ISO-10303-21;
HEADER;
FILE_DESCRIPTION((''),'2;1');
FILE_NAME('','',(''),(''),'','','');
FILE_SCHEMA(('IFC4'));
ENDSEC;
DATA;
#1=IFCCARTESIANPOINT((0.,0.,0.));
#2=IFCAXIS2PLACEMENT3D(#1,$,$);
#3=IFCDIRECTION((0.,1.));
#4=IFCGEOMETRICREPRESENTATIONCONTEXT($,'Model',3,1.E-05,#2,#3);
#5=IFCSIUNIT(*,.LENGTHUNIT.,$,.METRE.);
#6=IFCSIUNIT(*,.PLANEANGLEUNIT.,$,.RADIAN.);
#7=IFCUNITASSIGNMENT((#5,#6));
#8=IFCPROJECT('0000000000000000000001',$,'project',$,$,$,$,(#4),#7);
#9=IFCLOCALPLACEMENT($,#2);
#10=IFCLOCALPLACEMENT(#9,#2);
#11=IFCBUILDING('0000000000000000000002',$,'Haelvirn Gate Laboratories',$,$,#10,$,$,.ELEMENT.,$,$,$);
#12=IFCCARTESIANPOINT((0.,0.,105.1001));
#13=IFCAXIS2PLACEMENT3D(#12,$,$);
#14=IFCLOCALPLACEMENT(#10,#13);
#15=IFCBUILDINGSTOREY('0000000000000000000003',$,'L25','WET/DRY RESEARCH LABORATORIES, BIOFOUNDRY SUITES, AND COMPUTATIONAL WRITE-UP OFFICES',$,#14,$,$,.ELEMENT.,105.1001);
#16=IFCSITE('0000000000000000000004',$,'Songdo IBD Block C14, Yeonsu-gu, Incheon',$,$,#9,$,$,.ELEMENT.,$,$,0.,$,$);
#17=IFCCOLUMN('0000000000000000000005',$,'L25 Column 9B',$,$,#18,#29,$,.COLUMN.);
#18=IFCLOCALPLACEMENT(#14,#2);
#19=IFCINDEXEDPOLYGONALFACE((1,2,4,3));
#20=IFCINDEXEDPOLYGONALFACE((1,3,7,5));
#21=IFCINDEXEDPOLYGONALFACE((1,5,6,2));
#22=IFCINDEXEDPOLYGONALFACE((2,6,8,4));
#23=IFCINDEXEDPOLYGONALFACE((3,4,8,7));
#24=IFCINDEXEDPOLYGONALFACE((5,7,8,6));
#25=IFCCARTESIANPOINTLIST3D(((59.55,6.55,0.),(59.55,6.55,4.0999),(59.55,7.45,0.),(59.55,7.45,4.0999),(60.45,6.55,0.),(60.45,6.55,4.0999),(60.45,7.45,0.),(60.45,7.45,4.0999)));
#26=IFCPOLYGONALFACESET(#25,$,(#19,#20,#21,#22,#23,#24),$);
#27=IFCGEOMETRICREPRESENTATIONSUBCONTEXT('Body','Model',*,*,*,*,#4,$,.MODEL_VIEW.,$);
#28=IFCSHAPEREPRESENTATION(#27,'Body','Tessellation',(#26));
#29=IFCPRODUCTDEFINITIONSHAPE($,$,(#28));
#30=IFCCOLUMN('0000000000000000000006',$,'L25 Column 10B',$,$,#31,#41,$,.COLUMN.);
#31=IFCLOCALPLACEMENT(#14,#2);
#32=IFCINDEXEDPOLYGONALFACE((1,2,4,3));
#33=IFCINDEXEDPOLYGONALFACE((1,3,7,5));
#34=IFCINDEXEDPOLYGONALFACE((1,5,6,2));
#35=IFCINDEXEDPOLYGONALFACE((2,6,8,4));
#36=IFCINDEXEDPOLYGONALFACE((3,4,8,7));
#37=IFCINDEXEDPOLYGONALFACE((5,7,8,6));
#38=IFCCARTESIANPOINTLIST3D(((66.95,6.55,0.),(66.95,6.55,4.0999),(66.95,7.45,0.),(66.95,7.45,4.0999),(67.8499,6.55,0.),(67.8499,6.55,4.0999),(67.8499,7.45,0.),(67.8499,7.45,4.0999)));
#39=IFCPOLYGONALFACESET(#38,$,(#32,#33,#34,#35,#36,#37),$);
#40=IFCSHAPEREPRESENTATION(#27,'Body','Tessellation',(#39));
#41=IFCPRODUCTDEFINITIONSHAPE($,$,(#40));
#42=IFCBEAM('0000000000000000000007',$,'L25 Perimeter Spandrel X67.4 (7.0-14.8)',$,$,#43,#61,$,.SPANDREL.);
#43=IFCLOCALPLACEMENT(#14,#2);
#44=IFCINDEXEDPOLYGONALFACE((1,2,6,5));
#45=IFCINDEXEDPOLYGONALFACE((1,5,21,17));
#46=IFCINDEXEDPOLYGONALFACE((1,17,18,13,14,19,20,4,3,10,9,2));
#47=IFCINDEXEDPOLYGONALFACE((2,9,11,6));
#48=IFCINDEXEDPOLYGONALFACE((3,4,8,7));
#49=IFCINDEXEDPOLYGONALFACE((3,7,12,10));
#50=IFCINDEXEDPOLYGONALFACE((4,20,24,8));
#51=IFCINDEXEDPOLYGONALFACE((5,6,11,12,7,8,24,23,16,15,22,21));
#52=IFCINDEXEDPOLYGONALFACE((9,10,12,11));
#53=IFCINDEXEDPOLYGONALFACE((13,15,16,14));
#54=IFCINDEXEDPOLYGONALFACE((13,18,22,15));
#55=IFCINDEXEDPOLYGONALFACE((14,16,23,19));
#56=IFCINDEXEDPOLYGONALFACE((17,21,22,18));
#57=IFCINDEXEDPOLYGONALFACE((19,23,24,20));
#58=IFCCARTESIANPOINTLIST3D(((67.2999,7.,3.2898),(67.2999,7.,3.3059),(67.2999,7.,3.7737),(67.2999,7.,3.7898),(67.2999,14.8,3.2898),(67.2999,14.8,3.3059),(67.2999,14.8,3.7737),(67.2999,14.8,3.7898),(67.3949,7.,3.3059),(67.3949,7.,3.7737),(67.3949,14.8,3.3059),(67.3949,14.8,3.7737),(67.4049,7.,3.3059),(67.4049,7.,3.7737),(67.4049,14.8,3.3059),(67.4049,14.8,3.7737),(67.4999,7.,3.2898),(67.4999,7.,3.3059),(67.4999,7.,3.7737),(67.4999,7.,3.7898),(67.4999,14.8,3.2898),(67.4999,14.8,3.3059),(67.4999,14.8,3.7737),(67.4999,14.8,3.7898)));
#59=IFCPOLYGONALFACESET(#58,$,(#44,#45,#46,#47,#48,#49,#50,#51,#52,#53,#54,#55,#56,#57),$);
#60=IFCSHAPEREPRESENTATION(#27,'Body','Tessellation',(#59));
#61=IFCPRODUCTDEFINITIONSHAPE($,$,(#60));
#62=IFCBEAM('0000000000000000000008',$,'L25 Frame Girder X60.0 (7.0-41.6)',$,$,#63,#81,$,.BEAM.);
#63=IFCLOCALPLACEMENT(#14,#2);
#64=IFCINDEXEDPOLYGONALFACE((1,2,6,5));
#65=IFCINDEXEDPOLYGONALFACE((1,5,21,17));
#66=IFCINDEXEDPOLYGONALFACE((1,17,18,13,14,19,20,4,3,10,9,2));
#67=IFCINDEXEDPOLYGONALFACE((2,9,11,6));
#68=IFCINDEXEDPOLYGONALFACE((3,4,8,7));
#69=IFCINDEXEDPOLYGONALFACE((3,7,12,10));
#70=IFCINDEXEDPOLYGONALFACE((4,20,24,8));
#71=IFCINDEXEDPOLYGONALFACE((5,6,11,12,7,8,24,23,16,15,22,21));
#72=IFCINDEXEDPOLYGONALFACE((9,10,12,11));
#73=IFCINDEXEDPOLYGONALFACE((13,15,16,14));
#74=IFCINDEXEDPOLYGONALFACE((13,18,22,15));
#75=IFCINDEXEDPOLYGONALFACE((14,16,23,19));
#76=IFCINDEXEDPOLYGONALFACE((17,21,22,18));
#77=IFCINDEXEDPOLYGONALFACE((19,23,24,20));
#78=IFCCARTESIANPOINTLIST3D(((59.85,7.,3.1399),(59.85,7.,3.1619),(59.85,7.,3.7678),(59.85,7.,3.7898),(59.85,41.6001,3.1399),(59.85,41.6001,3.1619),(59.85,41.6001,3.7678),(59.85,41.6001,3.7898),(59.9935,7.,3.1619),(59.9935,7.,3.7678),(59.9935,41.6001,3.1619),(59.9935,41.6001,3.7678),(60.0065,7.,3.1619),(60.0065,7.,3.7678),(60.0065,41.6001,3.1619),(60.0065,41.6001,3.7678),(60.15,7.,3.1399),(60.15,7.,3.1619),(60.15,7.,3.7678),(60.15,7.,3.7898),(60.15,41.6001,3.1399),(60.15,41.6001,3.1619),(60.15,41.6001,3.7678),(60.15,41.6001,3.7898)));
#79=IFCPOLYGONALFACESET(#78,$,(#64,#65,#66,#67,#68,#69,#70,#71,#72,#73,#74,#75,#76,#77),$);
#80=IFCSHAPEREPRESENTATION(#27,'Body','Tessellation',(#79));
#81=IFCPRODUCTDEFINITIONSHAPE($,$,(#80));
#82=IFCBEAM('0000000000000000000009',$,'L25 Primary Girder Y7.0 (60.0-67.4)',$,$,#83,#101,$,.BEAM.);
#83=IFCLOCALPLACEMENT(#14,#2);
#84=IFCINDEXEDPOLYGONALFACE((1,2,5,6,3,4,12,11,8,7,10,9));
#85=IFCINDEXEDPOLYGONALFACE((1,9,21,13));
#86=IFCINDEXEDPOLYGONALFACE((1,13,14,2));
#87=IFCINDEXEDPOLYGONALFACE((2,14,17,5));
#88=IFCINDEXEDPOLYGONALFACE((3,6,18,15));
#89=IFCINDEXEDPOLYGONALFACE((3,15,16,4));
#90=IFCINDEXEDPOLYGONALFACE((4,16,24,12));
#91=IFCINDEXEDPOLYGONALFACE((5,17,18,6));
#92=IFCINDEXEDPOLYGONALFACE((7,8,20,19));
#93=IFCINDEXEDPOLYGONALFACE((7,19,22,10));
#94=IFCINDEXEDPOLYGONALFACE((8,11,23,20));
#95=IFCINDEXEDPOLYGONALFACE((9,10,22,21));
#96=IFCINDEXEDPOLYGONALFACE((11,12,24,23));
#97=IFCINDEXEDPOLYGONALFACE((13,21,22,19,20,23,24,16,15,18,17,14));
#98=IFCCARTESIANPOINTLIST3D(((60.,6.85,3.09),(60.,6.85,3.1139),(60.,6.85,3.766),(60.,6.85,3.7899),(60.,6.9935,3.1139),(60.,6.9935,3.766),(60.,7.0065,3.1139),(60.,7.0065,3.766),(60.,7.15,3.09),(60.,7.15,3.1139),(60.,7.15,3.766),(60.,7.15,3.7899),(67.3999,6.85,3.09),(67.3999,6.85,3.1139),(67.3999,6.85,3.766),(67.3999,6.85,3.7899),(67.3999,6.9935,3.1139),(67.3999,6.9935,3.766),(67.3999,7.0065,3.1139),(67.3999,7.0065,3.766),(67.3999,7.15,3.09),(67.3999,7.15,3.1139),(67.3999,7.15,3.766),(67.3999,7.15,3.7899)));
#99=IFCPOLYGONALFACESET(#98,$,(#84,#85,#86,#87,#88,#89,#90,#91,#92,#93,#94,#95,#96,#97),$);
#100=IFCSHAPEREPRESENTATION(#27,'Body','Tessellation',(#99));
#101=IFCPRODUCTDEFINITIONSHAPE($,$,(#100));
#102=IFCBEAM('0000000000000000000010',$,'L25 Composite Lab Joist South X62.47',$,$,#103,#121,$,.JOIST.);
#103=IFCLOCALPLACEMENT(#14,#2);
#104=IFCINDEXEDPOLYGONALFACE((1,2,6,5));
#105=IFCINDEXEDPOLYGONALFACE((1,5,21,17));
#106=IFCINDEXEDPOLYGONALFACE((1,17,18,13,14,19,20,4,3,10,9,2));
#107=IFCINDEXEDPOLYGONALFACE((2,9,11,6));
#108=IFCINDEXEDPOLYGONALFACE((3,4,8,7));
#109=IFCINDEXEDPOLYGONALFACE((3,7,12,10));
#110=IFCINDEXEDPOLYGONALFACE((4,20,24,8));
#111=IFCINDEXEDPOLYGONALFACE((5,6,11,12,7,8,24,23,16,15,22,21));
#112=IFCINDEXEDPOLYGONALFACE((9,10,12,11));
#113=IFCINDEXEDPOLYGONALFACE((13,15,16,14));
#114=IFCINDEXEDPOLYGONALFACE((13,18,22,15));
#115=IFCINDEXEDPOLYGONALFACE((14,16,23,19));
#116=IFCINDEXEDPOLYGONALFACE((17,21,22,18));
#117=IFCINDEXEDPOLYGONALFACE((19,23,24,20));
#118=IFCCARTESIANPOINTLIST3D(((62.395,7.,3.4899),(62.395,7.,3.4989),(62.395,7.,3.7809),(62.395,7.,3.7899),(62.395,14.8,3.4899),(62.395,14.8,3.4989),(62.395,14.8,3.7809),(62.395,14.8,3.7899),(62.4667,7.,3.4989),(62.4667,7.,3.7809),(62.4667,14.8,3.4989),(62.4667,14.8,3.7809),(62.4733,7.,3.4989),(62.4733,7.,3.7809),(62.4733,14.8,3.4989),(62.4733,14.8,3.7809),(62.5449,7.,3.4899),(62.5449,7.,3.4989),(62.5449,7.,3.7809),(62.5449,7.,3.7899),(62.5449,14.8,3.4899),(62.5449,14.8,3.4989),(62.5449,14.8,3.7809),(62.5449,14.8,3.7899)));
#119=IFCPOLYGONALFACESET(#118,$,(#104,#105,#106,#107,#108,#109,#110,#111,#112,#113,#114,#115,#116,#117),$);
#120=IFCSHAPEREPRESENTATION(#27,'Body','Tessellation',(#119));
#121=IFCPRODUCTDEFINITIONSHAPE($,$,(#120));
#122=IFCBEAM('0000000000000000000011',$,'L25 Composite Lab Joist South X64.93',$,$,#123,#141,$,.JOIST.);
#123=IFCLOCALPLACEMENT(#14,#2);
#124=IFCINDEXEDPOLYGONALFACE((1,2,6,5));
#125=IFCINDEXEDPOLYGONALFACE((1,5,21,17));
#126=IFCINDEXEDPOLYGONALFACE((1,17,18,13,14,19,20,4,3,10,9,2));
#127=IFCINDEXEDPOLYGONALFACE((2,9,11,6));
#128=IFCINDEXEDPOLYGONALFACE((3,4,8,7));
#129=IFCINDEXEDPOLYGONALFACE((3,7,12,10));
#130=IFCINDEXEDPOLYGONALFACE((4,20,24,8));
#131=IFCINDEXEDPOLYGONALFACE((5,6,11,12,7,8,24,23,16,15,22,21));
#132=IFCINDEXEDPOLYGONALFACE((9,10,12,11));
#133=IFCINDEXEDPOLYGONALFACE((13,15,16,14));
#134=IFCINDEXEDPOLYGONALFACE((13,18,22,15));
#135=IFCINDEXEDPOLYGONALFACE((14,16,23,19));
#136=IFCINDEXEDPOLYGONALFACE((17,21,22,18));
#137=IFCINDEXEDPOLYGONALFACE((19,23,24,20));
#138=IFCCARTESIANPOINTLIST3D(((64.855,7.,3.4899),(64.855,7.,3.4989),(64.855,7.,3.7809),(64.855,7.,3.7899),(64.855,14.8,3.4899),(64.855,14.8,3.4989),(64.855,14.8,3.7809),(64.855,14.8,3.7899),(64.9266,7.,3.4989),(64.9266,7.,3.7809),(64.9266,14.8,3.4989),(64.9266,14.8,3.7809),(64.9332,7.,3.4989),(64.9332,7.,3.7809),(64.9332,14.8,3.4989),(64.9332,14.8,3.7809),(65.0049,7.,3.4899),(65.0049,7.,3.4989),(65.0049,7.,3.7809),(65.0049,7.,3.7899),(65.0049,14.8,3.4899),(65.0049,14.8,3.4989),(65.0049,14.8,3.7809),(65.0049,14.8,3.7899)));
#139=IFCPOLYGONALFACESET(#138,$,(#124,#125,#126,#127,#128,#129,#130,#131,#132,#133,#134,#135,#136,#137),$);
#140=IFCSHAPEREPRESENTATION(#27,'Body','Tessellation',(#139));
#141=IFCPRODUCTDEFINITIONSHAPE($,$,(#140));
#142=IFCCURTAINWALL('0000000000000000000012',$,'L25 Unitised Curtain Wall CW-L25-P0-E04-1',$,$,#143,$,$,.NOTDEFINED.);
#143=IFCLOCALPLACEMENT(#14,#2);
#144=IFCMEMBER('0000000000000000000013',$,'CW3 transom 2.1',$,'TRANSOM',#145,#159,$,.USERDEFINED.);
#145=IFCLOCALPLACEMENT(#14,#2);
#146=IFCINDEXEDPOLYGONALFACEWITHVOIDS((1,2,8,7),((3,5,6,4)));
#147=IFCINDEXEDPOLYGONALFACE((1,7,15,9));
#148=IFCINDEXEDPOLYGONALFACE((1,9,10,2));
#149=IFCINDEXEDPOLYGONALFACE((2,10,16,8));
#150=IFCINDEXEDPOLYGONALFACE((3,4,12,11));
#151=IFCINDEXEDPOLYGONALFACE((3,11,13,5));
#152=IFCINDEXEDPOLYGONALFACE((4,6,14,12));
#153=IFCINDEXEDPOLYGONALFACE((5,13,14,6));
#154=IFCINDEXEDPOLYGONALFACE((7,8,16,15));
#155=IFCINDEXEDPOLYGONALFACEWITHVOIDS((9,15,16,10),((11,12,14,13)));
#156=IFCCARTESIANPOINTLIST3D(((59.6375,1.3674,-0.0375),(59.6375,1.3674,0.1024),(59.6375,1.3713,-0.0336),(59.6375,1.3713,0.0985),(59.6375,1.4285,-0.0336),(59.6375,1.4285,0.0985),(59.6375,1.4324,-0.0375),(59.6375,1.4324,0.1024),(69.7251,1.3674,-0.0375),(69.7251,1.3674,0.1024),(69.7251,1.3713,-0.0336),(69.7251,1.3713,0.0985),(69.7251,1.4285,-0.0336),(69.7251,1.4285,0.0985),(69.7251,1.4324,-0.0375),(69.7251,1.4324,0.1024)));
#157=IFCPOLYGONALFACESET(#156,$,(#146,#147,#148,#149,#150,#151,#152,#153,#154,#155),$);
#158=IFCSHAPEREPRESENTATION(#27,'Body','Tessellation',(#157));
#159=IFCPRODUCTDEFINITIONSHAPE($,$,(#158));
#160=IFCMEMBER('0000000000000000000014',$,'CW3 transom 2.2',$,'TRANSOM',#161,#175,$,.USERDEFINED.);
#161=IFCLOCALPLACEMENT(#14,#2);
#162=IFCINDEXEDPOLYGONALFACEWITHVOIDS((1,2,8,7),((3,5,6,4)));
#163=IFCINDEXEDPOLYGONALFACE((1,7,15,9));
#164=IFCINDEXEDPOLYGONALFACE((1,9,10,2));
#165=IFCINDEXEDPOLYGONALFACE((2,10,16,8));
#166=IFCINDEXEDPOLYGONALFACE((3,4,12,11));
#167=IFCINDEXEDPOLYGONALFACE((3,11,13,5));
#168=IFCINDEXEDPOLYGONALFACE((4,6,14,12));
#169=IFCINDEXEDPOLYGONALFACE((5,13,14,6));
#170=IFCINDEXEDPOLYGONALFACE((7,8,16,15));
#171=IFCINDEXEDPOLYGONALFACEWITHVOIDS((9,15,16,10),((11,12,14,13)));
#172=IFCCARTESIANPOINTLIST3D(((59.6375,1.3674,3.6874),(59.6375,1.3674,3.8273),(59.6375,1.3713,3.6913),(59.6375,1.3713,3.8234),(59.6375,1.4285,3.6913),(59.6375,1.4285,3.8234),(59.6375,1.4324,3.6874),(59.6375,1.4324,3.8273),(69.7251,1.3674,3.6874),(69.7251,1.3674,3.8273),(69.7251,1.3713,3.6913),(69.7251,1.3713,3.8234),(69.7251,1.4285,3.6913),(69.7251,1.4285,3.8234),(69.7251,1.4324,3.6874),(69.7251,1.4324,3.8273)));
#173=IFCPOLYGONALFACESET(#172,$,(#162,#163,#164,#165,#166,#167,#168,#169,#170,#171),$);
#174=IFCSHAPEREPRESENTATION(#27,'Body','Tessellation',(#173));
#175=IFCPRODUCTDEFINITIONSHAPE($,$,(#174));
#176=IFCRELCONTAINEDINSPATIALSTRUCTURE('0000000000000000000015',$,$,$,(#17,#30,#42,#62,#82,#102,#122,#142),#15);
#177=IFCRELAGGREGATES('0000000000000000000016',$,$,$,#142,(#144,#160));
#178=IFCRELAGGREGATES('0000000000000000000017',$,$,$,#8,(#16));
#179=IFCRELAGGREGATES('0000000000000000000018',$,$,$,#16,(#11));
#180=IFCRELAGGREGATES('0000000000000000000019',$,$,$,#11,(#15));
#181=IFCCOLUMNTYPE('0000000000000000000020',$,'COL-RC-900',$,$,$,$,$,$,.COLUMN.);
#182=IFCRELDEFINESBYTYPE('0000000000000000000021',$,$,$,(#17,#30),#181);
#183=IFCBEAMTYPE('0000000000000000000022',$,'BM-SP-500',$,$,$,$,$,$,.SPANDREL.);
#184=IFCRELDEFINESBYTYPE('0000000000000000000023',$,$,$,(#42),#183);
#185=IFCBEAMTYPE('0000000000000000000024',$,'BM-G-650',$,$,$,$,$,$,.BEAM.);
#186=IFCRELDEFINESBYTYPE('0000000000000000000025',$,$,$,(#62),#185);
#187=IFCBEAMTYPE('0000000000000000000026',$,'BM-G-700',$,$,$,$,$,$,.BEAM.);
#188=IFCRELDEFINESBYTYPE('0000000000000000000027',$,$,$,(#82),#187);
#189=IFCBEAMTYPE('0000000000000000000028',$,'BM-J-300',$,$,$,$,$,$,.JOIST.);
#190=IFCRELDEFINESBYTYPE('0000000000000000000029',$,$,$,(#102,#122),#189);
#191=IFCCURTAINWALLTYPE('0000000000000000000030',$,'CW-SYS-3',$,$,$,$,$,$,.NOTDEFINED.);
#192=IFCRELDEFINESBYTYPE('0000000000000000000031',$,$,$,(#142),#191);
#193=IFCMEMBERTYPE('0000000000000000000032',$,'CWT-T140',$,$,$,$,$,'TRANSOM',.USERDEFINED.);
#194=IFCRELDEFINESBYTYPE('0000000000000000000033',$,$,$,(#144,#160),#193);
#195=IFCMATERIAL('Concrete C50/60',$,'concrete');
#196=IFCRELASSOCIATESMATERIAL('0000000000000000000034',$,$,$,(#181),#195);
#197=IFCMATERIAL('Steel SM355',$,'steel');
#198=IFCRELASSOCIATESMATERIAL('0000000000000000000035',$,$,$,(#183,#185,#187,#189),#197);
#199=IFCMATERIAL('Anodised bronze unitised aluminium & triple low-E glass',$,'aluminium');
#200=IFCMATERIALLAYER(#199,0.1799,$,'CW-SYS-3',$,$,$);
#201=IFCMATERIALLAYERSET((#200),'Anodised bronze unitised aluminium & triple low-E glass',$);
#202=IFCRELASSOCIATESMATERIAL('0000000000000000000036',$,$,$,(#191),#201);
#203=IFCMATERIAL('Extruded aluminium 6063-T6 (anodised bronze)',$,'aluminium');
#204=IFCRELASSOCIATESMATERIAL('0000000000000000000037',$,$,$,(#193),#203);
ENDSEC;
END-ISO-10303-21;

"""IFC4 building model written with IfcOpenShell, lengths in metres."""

from ifc_helpers import new_model, si_unit, direction, frame, origin, origin_2d, place, context, subcontext, project, spatial, rectangle, hollow_rectangle, i_section, extrude, source, transform, mapped, material, layer, layer_set, material_profile, profile_set, type_object, type_shapes, element, aggregate, save


model = new_model("IFC4")

# Units and contexts
model_context = context("Model", 3, precision=1e-05, world=origin(), true_north=direction((0.0, 1.0)))
body_context = subcontext(model_context, "Body", "Model", "MODEL_VIEW")
ifc_project = project(units=[si_unit("LENGTHUNIT", "METRE"), si_unit("PLANEANGLEUNIT", "RADIAN")], contexts=[model_context])

# Site, building, storey
site_placement = place(None, origin())
site = spatial("IfcSite", under=ifc_project, at=site_placement, Name="Songdo IBD Block C14, Yeonsu-gu, Incheon", CompositionType="ELEMENT", RefElevation=0.0)
building_placement = place(site_placement, origin())
building = spatial("IfcBuilding", under=site, at=building_placement, Name="Haelvirn Gate Laboratories", CompositionType="ELEMENT")
storey_placement = place(building_placement, frame((0.0, 0.0, 105.1001)))
storey = spatial("IfcBuildingStorey", under=building, at=storey_placement, Name="L25", Description="WET/DRY RESEARCH LABORATORIES, BIOFOUNDRY SUITES, AND COMPUTATIONAL WRITE-UP OFFICES", CompositionType="ELEMENT", Elevation=105.1001)

# Columns
ifc_material_1 = material(Name="Concrete C50/60", Category="concrete")
ifc_material_profile_1 = material_profile(ifc_material_1, rectangle(XDim=0.8999, YDim=0.8999, at=origin_2d()), Name="RC-900x900")
ifc_profile_set_1 = profile_set([ifc_material_profile_1], Name="Concrete C50/60")
column_type = type_object("IfcColumnType", Name="COL-RC-900", PredefinedType="COLUMN", material=ifc_profile_set_1)
shared_shape_1 = source(origin(), body_context, "Body", "SweptSolid", [
    extrude(rectangle(XDim=0.8999, YDim=0.8999, at=origin_2d()), origin(), (0.0, 0.0, 1.0), 4.0999),
])
type_shapes(column_type, [shared_shape_1])
for number, where, z_axis, x_axis, name in (
    (1, (60.0, 7.0, 0.0), (0.0, 0.0, 1.0), (1.0, 0.0, 0.0), "L25 Column 9B"),
    (2, (67.3999, 7.0, 0.0), (0.0, 0.0, 1.0), (1.0, 0.0, 0.0), "L25 Column 10B"),
):
    element("IfcColumn", number, at=place(storey_placement, frame(where, z_axis=z_axis, x_axis=x_axis)), inside=storey, type_object=column_type, Name=name, PredefinedType="COLUMN", context=body_context, shape_type="MappedRepresentation", body=[
        mapped(shared_shape_1, transform((0.0, 0.0, 0.0), scale=1.0)),
    ])

# Beams
ifc_material_2 = material(Name="Steel SM355", Category="steel")
ifc_material_profile_2 = material_profile(ifc_material_2, i_section(OverallWidth=0.2, OverallDepth=0.5, WebThickness=0.01, FlangeThickness=0.0161, at=origin_2d()), Name="H-500x200x10x16")
ifc_profile_set_2 = profile_set([ifc_material_profile_2], Name="Steel SM355")
beam_type_1 = type_object("IfcBeamType", Name="BM-SP-500", PredefinedType="SPANDREL", material=ifc_profile_set_2)
shared_shape_2 = source(origin(), body_context, "Body", "SweptSolid", [
    extrude(i_section(OverallWidth=0.2, OverallDepth=0.5, WebThickness=0.01, FlangeThickness=0.0161, at=origin_2d()), origin(), (0.0, 0.0, 1.0), 7.8),
])
type_shapes(beam_type_1, [shared_shape_2])
beam_1_placement = place(storey_placement, frame((67.3999, 7.0, 3.5398), z_axis=(0.0, 1.0, 0.0), x_axis=(-1.0, 0.0, 0.0)))
element("IfcBeam", 3, at=beam_1_placement, inside=storey, type_object=beam_type_1, Name="L25 Perimeter Spandrel X67.4 (7.0-14.8)", PredefinedType="SPANDREL", context=body_context, shape_type="MappedRepresentation", body=[
    mapped(shared_shape_2, transform((0.0, 0.0, 0.0), scale=1.0)),
])
ifc_material_profile_3 = material_profile(ifc_material_2, i_section(OverallWidth=0.3, OverallDepth=0.6499, WebThickness=0.0129, FlangeThickness=0.022, at=origin_2d()), Name="H-650x300x13x22")
ifc_profile_set_3 = profile_set([ifc_material_profile_3], Name="Steel SM355")
beam_type_2 = type_object("IfcBeamType", Name="BM-G-650", PredefinedType="BEAM", material=ifc_profile_set_3)
shared_shape_3 = source(origin(), body_context, "Body", "SweptSolid", [
    extrude(i_section(OverallWidth=0.3, OverallDepth=0.6499, WebThickness=0.0129, FlangeThickness=0.022, at=origin_2d()), origin(), (0.0, 0.0, 1.0), 34.6001),
])
type_shapes(beam_type_2, [shared_shape_3])
beam_2_placement = place(storey_placement, frame((60.0, 7.0, 3.4648), z_axis=(0.0, 1.0, 0.0), x_axis=(-1.0, 0.0, 0.0)))
element("IfcBeam", 4, at=beam_2_placement, inside=storey, type_object=beam_type_2, Name="L25 Frame Girder X60.0 (7.0-41.6)", PredefinedType="BEAM", context=body_context, shape_type="MappedRepresentation", body=[
    mapped(shared_shape_3, transform((0.0, 0.0, 0.0), scale=1.0)),
])
ifc_material_profile_4 = material_profile(ifc_material_2, i_section(OverallWidth=0.3, OverallDepth=0.7, WebThickness=0.0129, FlangeThickness=0.0239, at=origin_2d()), Name="H-700x300x13x24")
ifc_profile_set_4 = profile_set([ifc_material_profile_4], Name="Steel SM355")
beam_type_3 = type_object("IfcBeamType", Name="BM-G-700", PredefinedType="BEAM", material=ifc_profile_set_4)
shared_shape_4 = source(origin(), body_context, "Body", "SweptSolid", [
    extrude(i_section(OverallWidth=0.3, OverallDepth=0.7, WebThickness=0.0129, FlangeThickness=0.0239, at=origin_2d()), origin(), (0.0, 0.0, 1.0), 7.3999),
])
type_shapes(beam_type_3, [shared_shape_4])
beam_3_placement = place(storey_placement, frame((60.0, 7.0, 3.4399), z_axis=(1.0, 0.0, 0.0), x_axis=(0.0, 1.0, 0.0)))
element("IfcBeam", 5, at=beam_3_placement, inside=storey, type_object=beam_type_3, Name="L25 Primary Girder Y7.0 (60.0-67.4)", PredefinedType="BEAM", context=body_context, shape_type="MappedRepresentation", body=[
    mapped(shared_shape_4, transform((0.0, 0.0, 0.0), scale=1.0)),
])
ifc_material_profile_5 = material_profile(ifc_material_2, i_section(OverallWidth=0.1499, OverallDepth=0.3, WebThickness=0.0066, FlangeThickness=0.009, at=origin_2d()), Name="H-300x150x6.5x9")
ifc_profile_set_5 = profile_set([ifc_material_profile_5], Name="Steel SM355")
beam_type_4 = type_object("IfcBeamType", Name="BM-J-300", PredefinedType="JOIST", material=ifc_profile_set_5)
shared_shape_5 = source(origin(), body_context, "Body", "SweptSolid", [
    extrude(i_section(OverallWidth=0.1499, OverallDepth=0.3, WebThickness=0.0066, FlangeThickness=0.009, at=origin_2d()), origin(), (0.0, 0.0, 1.0), 7.8),
])
type_shapes(beam_type_4, [shared_shape_5])
for number, where, z_axis, x_axis, name in (
    (6, (62.47, 7.0, 3.6399), (0.0, 1.0, 0.0), (-1.0, 0.0, 0.0), "L25 Composite Lab Joist South X62.47"),
    (7, (64.9299, 7.0, 3.6399), (0.0, 1.0, 0.0), (-1.0, 0.0, 0.0), "L25 Composite Lab Joist South X64.93"),
):
    element("IfcBeam", number, at=place(storey_placement, frame(where, z_axis=z_axis, x_axis=x_axis)), inside=storey, type_object=beam_type_4, Name=name, PredefinedType="JOIST", context=body_context, shape_type="MappedRepresentation", body=[
        mapped(shared_shape_5, transform((0.0, 0.0, 0.0), scale=1.0)),
    ])

# Curtain wall, members
ifc_material_3 = material(Name="Anodised bronze unitised aluminium & triple low-E glass", Category="aluminium")
ifc_layer_1 = layer(ifc_material_3, 0.1799, Name="CW-SYS-3")
ifc_layer_set_1 = layer_set([ifc_layer_1], Name="Anodised bronze unitised aluminium & triple low-E glass")
curtain_wall_type_1 = type_object("IfcCurtainWallType", Name="CW-SYS-3", PredefinedType="NOTDEFINED", material=ifc_layer_set_1)
curtain_wall_1_placement = place(storey_placement, origin())
curtain_wall_1 = element("IfcCurtainWall", 8, at=curtain_wall_1_placement, inside=storey, type_object=curtain_wall_type_1, Name="L25 Unitised Curtain Wall CW-L25-P0-E04-1", PredefinedType="NOTDEFINED")
ifc_material_4 = material(Name="Extruded aluminium 6063-T6 (anodised bronze)", Category="aluminium")
ifc_material_profile_6 = material_profile(ifc_material_4, hollow_rectangle(XDim=0.0649, YDim=0.1399, WallThickness=0.0039, at=origin_2d()), Name="CWT-140x65x4")
ifc_profile_set_6 = profile_set([ifc_material_profile_6], Name="Extruded aluminium 6063-T6 (anodised bronze)")
member_type_1 = type_object("IfcMemberType", Name="CWT-T140", ElementType="TRANSOM", PredefinedType="USERDEFINED", material=ifc_profile_set_6)
shared_shape_6 = source(origin(), body_context, "Body", "SweptSolid", [
    extrude(hollow_rectangle(XDim=0.0649, YDim=0.1399, WallThickness=0.0039, at=origin_2d()), origin(), (0.0, 0.0, 1.0), 10.0876),
])
member_1_placement = place(storey_placement, frame((59.6375, 1.3999, 0.0325), z_axis=(1.0, 0.0, 0.0), x_axis=(0.0, 1.0, 0.0)))
member_1 = element("IfcMember", 9, at=member_1_placement, type_object=member_type_1, Name="CW3 transom 2.1", ObjectType="TRANSOM", PredefinedType="USERDEFINED", context=body_context, shape_type="MappedRepresentation", body=[
    mapped(shared_shape_6, transform((0.0, 0.0, 0.0), scale=1.0)),
])
member_2_placement = place(storey_placement, frame((59.6375, 1.3999, 3.7573), z_axis=(1.0, 0.0, 0.0), x_axis=(0.0, 1.0, 0.0)))
member_2 = element("IfcMember", 10, at=member_2_placement, type_object=member_type_1, Name="CW3 transom 2.2", ObjectType="TRANSOM", PredefinedType="USERDEFINED", context=body_context, shape_type="MappedRepresentation", body=[
    mapped(shared_shape_6, transform((0.0, 0.0, 0.0), scale=1.0)),
])

aggregate(curtain_wall_1, [member_1, member_2])

save(model, "model.ifc")
